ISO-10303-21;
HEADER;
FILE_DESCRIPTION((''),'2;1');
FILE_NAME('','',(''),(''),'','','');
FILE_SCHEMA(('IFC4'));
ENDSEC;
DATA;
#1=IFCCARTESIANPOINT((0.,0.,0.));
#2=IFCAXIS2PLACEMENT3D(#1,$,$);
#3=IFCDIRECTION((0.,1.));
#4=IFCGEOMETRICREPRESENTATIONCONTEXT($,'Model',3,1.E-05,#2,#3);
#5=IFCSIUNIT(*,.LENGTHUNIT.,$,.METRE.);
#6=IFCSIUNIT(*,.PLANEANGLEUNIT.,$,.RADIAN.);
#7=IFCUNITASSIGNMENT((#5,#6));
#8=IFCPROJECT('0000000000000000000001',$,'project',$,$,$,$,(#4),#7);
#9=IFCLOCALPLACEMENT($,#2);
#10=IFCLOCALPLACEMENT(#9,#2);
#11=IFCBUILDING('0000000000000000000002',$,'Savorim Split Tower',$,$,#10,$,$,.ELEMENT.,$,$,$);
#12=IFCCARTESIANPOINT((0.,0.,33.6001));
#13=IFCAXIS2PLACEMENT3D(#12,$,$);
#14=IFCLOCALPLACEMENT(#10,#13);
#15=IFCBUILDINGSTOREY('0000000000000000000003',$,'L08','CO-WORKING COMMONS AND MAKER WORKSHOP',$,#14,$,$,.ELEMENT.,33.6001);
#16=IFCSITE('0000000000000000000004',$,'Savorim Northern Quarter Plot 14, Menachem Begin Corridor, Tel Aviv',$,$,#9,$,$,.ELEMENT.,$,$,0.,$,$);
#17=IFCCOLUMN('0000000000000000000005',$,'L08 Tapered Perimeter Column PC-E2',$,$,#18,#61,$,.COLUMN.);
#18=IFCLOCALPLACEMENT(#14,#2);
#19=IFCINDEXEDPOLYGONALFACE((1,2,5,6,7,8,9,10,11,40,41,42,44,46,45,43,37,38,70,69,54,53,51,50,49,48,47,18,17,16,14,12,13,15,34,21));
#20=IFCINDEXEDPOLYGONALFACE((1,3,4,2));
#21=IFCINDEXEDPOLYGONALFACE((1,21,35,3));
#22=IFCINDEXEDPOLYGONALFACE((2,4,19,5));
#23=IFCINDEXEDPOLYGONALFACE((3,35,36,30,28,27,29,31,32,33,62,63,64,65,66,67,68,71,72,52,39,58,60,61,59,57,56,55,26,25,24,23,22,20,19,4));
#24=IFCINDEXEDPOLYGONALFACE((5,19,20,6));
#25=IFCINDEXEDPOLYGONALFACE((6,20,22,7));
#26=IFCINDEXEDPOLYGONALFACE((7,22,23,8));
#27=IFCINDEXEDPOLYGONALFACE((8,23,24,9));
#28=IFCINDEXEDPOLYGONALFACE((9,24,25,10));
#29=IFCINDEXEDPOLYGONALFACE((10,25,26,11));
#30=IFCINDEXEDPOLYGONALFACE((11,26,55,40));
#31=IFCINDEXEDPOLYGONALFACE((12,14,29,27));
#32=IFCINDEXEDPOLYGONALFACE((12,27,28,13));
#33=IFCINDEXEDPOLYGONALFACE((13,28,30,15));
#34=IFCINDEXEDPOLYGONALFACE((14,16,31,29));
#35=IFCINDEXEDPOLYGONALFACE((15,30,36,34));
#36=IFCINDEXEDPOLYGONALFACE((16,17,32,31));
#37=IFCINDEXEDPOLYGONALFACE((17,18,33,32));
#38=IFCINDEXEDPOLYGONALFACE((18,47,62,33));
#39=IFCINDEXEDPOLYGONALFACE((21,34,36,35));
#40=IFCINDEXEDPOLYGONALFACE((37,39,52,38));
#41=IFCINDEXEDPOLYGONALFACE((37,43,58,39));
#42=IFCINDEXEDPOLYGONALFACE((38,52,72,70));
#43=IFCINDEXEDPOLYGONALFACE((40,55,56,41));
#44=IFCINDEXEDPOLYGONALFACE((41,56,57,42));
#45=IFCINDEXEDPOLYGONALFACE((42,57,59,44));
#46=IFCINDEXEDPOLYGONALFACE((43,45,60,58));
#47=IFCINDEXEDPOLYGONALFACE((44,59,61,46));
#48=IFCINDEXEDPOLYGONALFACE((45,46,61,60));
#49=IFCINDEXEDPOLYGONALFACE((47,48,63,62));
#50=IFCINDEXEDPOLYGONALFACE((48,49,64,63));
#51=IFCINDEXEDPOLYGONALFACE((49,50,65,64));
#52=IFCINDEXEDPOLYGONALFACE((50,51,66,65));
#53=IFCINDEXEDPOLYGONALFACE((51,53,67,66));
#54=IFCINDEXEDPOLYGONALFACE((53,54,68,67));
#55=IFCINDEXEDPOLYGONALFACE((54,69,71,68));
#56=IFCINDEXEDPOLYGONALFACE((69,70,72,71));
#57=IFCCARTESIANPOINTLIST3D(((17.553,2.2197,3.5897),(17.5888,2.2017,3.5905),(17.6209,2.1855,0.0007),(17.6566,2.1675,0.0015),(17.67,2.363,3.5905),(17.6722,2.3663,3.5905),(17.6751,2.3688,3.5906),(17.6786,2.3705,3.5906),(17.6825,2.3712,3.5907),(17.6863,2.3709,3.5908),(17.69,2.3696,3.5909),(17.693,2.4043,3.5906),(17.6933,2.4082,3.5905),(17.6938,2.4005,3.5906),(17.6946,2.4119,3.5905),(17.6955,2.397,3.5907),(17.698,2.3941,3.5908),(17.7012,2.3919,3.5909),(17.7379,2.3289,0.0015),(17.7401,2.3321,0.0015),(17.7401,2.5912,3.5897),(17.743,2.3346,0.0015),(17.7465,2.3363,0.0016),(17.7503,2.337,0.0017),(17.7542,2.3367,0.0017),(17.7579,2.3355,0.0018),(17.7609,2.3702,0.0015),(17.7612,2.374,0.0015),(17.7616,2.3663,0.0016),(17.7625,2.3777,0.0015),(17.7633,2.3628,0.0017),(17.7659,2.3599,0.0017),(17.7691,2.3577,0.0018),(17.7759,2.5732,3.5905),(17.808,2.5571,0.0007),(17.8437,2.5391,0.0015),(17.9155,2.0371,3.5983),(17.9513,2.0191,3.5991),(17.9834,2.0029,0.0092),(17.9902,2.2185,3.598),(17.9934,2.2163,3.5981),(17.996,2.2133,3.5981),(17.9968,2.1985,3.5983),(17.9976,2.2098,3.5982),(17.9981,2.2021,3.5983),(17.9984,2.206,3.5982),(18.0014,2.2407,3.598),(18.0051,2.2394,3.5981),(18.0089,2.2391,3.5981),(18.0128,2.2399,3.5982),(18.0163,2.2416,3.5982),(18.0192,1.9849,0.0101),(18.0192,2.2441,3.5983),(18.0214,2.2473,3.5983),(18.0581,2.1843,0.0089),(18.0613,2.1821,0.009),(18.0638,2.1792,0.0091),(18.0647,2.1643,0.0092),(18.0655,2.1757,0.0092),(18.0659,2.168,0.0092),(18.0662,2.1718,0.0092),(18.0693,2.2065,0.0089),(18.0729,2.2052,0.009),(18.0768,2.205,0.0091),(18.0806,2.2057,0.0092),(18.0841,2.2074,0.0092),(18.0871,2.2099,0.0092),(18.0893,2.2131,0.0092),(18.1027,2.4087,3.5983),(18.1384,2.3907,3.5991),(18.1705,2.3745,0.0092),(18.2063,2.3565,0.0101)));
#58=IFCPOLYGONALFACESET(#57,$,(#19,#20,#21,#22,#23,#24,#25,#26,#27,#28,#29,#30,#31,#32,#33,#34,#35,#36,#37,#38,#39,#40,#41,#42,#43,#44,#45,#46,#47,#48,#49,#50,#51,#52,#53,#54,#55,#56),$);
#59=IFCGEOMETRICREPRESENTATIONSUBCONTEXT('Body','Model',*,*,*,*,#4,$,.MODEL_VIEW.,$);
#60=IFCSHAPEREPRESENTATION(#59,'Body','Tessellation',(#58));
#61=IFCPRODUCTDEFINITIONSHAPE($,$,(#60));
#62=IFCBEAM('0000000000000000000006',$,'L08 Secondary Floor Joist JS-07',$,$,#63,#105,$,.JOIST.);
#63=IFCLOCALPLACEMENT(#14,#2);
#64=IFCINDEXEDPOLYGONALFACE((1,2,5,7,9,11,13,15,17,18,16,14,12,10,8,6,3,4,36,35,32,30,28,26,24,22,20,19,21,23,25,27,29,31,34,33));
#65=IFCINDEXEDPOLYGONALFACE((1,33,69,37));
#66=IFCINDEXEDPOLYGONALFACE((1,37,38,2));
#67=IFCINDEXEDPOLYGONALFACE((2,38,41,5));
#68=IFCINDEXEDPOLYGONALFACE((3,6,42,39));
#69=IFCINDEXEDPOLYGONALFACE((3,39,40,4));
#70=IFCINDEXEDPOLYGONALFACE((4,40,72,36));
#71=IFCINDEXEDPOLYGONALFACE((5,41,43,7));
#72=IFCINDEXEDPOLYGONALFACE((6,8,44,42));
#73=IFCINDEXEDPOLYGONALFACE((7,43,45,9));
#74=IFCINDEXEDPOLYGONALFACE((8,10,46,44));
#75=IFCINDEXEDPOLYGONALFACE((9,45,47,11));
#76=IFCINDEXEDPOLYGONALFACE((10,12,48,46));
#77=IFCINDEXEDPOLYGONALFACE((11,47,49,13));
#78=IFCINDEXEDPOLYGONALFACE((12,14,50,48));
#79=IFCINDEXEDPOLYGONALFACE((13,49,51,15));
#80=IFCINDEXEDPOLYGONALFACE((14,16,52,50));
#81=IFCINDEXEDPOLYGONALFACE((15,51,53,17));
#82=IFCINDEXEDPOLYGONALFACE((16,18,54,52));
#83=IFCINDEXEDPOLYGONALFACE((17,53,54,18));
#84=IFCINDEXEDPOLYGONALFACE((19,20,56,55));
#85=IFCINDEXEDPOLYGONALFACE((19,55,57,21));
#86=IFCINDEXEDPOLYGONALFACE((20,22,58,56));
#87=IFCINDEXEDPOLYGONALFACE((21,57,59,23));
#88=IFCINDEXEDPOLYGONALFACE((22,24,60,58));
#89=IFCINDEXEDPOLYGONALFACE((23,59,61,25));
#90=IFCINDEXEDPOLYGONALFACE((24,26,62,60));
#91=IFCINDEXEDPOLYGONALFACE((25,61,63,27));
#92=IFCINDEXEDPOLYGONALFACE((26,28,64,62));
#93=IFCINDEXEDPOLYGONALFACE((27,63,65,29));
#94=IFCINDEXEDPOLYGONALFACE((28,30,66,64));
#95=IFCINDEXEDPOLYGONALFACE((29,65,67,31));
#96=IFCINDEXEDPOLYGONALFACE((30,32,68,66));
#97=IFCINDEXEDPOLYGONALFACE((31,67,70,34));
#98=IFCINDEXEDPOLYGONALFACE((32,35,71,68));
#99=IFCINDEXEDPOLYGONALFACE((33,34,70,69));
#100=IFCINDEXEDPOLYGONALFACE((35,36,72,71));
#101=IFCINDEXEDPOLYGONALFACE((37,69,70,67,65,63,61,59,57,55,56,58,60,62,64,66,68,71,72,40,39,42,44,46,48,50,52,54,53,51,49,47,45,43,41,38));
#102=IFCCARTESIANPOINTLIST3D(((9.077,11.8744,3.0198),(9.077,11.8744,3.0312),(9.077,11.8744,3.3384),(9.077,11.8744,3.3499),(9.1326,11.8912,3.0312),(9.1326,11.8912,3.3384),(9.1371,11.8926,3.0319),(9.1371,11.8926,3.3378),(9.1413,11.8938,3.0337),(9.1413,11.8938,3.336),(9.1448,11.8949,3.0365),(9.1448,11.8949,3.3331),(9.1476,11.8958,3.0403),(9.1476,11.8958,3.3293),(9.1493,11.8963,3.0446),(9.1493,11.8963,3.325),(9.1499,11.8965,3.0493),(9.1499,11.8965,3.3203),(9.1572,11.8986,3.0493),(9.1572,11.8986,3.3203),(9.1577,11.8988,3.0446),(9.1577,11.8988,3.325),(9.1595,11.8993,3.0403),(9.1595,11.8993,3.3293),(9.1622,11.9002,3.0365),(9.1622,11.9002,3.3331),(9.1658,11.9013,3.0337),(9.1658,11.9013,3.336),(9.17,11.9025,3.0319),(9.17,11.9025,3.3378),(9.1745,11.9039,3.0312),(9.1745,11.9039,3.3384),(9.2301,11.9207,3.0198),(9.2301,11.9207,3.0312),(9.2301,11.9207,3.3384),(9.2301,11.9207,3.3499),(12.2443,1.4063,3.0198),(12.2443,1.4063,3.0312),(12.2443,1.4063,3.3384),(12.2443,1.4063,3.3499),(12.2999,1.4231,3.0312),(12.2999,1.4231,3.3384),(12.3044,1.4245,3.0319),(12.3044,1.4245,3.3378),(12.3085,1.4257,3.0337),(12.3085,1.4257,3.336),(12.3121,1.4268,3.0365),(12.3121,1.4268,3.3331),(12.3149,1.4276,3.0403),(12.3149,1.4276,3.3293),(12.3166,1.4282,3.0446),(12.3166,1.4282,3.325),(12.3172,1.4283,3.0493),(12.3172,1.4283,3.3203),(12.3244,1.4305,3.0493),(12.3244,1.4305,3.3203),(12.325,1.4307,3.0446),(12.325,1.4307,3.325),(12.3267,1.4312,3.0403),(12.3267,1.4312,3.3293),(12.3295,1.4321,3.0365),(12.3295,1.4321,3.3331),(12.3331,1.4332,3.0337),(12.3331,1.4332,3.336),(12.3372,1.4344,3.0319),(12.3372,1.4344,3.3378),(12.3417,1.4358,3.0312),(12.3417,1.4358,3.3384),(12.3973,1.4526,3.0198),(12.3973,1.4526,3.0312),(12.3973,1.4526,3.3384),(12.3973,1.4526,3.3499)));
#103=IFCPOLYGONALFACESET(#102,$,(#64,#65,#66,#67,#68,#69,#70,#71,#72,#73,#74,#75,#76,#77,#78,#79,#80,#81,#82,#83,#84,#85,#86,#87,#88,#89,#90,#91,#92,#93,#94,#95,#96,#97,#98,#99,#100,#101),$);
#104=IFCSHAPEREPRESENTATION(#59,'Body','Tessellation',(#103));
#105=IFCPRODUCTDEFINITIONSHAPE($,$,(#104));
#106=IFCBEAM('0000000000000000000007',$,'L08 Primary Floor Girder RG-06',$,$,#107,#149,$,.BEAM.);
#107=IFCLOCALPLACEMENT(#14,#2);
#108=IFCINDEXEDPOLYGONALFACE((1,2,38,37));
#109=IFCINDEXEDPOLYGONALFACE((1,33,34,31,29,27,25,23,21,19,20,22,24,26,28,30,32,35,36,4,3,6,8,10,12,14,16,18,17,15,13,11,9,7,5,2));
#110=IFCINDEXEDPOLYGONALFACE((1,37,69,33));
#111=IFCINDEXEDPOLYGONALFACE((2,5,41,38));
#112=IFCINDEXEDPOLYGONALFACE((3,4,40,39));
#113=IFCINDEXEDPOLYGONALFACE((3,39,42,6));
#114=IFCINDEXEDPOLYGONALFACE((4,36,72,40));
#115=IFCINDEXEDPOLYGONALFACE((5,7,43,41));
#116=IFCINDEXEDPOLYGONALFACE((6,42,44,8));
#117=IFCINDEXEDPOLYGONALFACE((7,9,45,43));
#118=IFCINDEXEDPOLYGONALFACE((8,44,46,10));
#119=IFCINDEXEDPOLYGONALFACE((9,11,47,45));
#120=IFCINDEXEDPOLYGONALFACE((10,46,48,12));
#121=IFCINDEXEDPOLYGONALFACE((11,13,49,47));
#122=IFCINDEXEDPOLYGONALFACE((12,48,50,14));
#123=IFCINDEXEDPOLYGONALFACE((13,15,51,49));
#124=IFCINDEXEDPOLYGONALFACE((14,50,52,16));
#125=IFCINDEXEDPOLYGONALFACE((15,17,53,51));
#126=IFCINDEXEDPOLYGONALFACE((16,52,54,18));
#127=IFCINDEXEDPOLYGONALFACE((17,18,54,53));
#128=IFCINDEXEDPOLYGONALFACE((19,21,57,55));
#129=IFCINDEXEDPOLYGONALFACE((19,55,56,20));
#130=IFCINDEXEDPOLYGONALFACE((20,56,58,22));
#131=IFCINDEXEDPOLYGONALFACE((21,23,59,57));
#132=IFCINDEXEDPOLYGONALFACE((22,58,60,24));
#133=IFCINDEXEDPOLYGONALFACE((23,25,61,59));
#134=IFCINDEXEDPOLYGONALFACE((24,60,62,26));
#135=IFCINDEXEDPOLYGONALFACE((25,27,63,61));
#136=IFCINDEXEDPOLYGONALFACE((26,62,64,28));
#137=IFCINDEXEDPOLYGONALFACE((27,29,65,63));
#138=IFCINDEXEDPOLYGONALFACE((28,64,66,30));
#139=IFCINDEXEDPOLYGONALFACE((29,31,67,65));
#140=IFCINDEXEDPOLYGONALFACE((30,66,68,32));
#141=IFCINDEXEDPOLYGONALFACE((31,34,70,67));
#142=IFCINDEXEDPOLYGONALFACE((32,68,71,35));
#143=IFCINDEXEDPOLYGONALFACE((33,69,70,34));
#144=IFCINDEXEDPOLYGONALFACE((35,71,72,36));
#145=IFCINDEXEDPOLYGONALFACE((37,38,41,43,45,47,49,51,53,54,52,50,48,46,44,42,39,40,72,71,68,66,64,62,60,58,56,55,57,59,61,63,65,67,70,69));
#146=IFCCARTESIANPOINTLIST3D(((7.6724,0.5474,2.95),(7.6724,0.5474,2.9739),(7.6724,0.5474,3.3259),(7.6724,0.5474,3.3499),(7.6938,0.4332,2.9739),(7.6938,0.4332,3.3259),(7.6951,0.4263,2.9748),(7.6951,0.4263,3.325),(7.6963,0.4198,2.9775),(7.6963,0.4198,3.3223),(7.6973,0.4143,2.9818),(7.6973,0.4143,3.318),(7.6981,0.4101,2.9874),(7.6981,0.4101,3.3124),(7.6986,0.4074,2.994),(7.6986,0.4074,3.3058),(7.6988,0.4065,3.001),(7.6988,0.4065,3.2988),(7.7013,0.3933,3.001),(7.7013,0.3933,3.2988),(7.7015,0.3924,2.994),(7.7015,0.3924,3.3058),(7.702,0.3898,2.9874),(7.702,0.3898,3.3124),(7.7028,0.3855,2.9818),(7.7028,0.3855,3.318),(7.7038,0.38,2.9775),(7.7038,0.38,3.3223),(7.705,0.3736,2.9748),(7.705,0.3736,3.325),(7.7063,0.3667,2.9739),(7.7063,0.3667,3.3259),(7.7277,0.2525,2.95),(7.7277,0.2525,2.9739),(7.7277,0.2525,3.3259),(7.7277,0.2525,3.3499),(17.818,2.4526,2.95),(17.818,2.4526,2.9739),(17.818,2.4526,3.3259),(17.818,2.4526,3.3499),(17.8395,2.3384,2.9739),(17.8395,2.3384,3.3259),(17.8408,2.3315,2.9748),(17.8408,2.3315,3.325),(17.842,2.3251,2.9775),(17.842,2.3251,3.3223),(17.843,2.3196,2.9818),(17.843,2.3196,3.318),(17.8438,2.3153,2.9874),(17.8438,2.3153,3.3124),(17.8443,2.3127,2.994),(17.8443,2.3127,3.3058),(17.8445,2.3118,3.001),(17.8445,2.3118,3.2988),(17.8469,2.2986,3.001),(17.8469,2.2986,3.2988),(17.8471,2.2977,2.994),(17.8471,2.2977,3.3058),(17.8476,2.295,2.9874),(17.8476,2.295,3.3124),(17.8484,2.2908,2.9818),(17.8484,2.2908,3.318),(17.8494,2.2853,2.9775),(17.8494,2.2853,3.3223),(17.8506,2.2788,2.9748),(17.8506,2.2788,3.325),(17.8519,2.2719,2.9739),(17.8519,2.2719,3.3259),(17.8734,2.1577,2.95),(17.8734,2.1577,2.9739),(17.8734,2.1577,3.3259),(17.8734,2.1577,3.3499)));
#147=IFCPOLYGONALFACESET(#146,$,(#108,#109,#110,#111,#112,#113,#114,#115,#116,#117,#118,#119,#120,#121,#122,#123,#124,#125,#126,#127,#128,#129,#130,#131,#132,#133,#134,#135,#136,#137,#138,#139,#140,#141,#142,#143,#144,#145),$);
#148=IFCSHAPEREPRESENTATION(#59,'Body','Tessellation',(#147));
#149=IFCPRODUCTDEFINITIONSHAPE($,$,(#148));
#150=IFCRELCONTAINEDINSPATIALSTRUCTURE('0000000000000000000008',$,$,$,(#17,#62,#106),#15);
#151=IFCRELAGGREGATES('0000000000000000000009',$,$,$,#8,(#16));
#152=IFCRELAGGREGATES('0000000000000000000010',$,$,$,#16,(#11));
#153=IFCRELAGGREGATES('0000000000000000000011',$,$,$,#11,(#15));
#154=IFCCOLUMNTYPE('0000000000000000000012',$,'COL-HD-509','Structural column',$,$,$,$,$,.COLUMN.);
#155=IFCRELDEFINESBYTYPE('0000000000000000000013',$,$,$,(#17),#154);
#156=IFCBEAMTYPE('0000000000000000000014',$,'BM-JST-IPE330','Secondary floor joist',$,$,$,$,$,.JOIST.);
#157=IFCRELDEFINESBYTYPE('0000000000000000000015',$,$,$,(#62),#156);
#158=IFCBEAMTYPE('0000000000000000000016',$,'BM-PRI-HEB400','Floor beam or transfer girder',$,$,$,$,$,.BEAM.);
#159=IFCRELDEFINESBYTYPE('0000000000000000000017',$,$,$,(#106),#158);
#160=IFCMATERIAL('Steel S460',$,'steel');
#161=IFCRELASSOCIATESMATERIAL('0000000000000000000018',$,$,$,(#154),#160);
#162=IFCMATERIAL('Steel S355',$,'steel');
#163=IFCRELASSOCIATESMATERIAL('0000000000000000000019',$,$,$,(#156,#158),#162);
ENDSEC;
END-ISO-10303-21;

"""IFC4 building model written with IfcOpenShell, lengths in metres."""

from ifc_helpers import new_model, si_unit, direction, frame, origin, origin_2d, place, context, subcontext, project, spatial, i_section, extrude, material, material_profile, profile_set, type_object, element, save


model = new_model("IFC4")

# Units and contexts
model_context = context("Model", 3, precision=1e-05, world=origin(), true_north=direction((0.0, 1.0)))
body_context = subcontext(model_context, "Body", "Model", "MODEL_VIEW")
ifc_project = project(units=[si_unit("LENGTHUNIT", "METRE"), si_unit("PLANEANGLEUNIT", "RADIAN")], contexts=[model_context])

# Site, building, storey
site_placement = place(None, origin())
site = spatial("IfcSite", under=ifc_project, at=site_placement, Name="Savorim Northern Quarter Plot 14, Menachem Begin Corridor, Tel Aviv", CompositionType="ELEMENT", RefElevation=0.0)
building_placement = place(site_placement, origin())
building = spatial("IfcBuilding", under=site, at=building_placement, Name="Savorim Split Tower", CompositionType="ELEMENT")
storey_placement = place(building_placement, frame((0.0, 0.0, 33.6001)))
storey = spatial("IfcBuildingStorey", under=building, at=storey_placement, Name="L08", Description="CO-WORKING COMMONS AND MAKER WORKSHOP", CompositionType="ELEMENT", Elevation=33.6001)

# Column
ifc_material_1 = material(Name="Steel S460", Category="steel")
ifc_material_profile_1 = material_profile(ifc_material_1, i_section(OverallWidth=0.416, OverallDepth=0.446, WebThickness=0.0249, FlangeThickness=0.04, FilletRadius=0.0149, at=origin_2d()), Name="HD 400x509")
ifc_profile_set_1 = profile_set([ifc_material_profile_1], Name="Steel S460")
column_type = type_object("IfcColumnType", Name="COL-HD-509", Description="Structural column", PredefinedType="COLUMN", material=ifc_profile_set_1)
column_placement = place(storey_placement, frame((17.9136, 2.271, 0.0054), z_axis=(-0.018906, 0.009521, 0.999776), x_axis=(-0.449782, -0.893138, 0.0)))
element("IfcColumn", 1, at=column_placement, inside=storey, type_object=column_type, Name="L08 Tapered Perimeter Column PC-E2", PredefinedType="COLUMN", context=body_context, shape_type="SweptSolid", body=[
    extrude(i_section(OverallWidth=0.416, OverallDepth=0.446, WebThickness=0.0249, FlangeThickness=0.04, FilletRadius=0.0149, at=origin_2d()), origin(), (0.0, 0.0, 1.0), 3.5898),
])

# Beams
ifc_material_2 = material(Name="Steel S355", Category="steel")
ifc_material_profile_2 = material_profile(ifc_material_2, i_section(OverallWidth=0.1599, OverallDepth=0.3301, WebThickness=0.0076, FlangeThickness=0.0115, FilletRadius=0.0181, at=origin_2d()), Name="IPE 330")
ifc_profile_set_2 = profile_set([ifc_material_profile_2], Name="Steel S355")
beam_type_1 = type_object("IfcBeamType", Name="BM-JST-IPE330", Description="Secondary floor joist", PredefinedType="JOIST", material=ifc_profile_set_2)
beam_1_placement = place(storey_placement, frame((12.3208, 1.4294, 3.1848), z_axis=(-0.289598, 0.957148, 0.0), x_axis=(-0.957148, -0.289598, 0.0)))
element("IfcBeam", 2, at=beam_1_placement, inside=storey, type_object=beam_type_1, Name="L08 Secondary Floor Joist JS-07", PredefinedType="JOIST", context=body_context, shape_type="SweptSolid", body=[
    extrude(i_section(OverallWidth=0.1599, OverallDepth=0.3301, WebThickness=0.0076, FlangeThickness=0.0115, FilletRadius=0.0181, at=origin_2d()), origin(), (0.0, 0.0, 1.0), 10.9368),
])
ifc_material_profile_3 = material_profile(ifc_material_2, i_section(OverallWidth=0.3, OverallDepth=0.3999, WebThickness=0.0134, FlangeThickness=0.0239, FilletRadius=0.0271, at=origin_2d()), Name="HEB 400")
ifc_profile_set_3 = profile_set([ifc_material_profile_3], Name="Steel S355")
beam_type_2 = type_object("IfcBeamType", Name="BM-PRI-HEB400", Description="Floor beam or transfer girder", PredefinedType="BEAM", material=ifc_profile_set_3)
beam_2_placement = place(storey_placement, frame((17.8457, 2.3052, 3.1499), z_axis=(-0.98282, -0.184564, 0.0), x_axis=(0.184564, -0.98282, 0.0)))
element("IfcBeam", 3, at=beam_2_placement, inside=storey, type_object=beam_type_2, Name="L08 Primary Floor Girder RG-06", PredefinedType="BEAM", context=body_context, shape_type="SweptSolid", body=[
    extrude(i_section(OverallWidth=0.3, OverallDepth=0.3999, WebThickness=0.0134, FlangeThickness=0.0239, FilletRadius=0.0271, at=origin_2d()), origin(), (0.0, 0.0, 1.0), 10.323),
])

save(model, "model.ifc")
